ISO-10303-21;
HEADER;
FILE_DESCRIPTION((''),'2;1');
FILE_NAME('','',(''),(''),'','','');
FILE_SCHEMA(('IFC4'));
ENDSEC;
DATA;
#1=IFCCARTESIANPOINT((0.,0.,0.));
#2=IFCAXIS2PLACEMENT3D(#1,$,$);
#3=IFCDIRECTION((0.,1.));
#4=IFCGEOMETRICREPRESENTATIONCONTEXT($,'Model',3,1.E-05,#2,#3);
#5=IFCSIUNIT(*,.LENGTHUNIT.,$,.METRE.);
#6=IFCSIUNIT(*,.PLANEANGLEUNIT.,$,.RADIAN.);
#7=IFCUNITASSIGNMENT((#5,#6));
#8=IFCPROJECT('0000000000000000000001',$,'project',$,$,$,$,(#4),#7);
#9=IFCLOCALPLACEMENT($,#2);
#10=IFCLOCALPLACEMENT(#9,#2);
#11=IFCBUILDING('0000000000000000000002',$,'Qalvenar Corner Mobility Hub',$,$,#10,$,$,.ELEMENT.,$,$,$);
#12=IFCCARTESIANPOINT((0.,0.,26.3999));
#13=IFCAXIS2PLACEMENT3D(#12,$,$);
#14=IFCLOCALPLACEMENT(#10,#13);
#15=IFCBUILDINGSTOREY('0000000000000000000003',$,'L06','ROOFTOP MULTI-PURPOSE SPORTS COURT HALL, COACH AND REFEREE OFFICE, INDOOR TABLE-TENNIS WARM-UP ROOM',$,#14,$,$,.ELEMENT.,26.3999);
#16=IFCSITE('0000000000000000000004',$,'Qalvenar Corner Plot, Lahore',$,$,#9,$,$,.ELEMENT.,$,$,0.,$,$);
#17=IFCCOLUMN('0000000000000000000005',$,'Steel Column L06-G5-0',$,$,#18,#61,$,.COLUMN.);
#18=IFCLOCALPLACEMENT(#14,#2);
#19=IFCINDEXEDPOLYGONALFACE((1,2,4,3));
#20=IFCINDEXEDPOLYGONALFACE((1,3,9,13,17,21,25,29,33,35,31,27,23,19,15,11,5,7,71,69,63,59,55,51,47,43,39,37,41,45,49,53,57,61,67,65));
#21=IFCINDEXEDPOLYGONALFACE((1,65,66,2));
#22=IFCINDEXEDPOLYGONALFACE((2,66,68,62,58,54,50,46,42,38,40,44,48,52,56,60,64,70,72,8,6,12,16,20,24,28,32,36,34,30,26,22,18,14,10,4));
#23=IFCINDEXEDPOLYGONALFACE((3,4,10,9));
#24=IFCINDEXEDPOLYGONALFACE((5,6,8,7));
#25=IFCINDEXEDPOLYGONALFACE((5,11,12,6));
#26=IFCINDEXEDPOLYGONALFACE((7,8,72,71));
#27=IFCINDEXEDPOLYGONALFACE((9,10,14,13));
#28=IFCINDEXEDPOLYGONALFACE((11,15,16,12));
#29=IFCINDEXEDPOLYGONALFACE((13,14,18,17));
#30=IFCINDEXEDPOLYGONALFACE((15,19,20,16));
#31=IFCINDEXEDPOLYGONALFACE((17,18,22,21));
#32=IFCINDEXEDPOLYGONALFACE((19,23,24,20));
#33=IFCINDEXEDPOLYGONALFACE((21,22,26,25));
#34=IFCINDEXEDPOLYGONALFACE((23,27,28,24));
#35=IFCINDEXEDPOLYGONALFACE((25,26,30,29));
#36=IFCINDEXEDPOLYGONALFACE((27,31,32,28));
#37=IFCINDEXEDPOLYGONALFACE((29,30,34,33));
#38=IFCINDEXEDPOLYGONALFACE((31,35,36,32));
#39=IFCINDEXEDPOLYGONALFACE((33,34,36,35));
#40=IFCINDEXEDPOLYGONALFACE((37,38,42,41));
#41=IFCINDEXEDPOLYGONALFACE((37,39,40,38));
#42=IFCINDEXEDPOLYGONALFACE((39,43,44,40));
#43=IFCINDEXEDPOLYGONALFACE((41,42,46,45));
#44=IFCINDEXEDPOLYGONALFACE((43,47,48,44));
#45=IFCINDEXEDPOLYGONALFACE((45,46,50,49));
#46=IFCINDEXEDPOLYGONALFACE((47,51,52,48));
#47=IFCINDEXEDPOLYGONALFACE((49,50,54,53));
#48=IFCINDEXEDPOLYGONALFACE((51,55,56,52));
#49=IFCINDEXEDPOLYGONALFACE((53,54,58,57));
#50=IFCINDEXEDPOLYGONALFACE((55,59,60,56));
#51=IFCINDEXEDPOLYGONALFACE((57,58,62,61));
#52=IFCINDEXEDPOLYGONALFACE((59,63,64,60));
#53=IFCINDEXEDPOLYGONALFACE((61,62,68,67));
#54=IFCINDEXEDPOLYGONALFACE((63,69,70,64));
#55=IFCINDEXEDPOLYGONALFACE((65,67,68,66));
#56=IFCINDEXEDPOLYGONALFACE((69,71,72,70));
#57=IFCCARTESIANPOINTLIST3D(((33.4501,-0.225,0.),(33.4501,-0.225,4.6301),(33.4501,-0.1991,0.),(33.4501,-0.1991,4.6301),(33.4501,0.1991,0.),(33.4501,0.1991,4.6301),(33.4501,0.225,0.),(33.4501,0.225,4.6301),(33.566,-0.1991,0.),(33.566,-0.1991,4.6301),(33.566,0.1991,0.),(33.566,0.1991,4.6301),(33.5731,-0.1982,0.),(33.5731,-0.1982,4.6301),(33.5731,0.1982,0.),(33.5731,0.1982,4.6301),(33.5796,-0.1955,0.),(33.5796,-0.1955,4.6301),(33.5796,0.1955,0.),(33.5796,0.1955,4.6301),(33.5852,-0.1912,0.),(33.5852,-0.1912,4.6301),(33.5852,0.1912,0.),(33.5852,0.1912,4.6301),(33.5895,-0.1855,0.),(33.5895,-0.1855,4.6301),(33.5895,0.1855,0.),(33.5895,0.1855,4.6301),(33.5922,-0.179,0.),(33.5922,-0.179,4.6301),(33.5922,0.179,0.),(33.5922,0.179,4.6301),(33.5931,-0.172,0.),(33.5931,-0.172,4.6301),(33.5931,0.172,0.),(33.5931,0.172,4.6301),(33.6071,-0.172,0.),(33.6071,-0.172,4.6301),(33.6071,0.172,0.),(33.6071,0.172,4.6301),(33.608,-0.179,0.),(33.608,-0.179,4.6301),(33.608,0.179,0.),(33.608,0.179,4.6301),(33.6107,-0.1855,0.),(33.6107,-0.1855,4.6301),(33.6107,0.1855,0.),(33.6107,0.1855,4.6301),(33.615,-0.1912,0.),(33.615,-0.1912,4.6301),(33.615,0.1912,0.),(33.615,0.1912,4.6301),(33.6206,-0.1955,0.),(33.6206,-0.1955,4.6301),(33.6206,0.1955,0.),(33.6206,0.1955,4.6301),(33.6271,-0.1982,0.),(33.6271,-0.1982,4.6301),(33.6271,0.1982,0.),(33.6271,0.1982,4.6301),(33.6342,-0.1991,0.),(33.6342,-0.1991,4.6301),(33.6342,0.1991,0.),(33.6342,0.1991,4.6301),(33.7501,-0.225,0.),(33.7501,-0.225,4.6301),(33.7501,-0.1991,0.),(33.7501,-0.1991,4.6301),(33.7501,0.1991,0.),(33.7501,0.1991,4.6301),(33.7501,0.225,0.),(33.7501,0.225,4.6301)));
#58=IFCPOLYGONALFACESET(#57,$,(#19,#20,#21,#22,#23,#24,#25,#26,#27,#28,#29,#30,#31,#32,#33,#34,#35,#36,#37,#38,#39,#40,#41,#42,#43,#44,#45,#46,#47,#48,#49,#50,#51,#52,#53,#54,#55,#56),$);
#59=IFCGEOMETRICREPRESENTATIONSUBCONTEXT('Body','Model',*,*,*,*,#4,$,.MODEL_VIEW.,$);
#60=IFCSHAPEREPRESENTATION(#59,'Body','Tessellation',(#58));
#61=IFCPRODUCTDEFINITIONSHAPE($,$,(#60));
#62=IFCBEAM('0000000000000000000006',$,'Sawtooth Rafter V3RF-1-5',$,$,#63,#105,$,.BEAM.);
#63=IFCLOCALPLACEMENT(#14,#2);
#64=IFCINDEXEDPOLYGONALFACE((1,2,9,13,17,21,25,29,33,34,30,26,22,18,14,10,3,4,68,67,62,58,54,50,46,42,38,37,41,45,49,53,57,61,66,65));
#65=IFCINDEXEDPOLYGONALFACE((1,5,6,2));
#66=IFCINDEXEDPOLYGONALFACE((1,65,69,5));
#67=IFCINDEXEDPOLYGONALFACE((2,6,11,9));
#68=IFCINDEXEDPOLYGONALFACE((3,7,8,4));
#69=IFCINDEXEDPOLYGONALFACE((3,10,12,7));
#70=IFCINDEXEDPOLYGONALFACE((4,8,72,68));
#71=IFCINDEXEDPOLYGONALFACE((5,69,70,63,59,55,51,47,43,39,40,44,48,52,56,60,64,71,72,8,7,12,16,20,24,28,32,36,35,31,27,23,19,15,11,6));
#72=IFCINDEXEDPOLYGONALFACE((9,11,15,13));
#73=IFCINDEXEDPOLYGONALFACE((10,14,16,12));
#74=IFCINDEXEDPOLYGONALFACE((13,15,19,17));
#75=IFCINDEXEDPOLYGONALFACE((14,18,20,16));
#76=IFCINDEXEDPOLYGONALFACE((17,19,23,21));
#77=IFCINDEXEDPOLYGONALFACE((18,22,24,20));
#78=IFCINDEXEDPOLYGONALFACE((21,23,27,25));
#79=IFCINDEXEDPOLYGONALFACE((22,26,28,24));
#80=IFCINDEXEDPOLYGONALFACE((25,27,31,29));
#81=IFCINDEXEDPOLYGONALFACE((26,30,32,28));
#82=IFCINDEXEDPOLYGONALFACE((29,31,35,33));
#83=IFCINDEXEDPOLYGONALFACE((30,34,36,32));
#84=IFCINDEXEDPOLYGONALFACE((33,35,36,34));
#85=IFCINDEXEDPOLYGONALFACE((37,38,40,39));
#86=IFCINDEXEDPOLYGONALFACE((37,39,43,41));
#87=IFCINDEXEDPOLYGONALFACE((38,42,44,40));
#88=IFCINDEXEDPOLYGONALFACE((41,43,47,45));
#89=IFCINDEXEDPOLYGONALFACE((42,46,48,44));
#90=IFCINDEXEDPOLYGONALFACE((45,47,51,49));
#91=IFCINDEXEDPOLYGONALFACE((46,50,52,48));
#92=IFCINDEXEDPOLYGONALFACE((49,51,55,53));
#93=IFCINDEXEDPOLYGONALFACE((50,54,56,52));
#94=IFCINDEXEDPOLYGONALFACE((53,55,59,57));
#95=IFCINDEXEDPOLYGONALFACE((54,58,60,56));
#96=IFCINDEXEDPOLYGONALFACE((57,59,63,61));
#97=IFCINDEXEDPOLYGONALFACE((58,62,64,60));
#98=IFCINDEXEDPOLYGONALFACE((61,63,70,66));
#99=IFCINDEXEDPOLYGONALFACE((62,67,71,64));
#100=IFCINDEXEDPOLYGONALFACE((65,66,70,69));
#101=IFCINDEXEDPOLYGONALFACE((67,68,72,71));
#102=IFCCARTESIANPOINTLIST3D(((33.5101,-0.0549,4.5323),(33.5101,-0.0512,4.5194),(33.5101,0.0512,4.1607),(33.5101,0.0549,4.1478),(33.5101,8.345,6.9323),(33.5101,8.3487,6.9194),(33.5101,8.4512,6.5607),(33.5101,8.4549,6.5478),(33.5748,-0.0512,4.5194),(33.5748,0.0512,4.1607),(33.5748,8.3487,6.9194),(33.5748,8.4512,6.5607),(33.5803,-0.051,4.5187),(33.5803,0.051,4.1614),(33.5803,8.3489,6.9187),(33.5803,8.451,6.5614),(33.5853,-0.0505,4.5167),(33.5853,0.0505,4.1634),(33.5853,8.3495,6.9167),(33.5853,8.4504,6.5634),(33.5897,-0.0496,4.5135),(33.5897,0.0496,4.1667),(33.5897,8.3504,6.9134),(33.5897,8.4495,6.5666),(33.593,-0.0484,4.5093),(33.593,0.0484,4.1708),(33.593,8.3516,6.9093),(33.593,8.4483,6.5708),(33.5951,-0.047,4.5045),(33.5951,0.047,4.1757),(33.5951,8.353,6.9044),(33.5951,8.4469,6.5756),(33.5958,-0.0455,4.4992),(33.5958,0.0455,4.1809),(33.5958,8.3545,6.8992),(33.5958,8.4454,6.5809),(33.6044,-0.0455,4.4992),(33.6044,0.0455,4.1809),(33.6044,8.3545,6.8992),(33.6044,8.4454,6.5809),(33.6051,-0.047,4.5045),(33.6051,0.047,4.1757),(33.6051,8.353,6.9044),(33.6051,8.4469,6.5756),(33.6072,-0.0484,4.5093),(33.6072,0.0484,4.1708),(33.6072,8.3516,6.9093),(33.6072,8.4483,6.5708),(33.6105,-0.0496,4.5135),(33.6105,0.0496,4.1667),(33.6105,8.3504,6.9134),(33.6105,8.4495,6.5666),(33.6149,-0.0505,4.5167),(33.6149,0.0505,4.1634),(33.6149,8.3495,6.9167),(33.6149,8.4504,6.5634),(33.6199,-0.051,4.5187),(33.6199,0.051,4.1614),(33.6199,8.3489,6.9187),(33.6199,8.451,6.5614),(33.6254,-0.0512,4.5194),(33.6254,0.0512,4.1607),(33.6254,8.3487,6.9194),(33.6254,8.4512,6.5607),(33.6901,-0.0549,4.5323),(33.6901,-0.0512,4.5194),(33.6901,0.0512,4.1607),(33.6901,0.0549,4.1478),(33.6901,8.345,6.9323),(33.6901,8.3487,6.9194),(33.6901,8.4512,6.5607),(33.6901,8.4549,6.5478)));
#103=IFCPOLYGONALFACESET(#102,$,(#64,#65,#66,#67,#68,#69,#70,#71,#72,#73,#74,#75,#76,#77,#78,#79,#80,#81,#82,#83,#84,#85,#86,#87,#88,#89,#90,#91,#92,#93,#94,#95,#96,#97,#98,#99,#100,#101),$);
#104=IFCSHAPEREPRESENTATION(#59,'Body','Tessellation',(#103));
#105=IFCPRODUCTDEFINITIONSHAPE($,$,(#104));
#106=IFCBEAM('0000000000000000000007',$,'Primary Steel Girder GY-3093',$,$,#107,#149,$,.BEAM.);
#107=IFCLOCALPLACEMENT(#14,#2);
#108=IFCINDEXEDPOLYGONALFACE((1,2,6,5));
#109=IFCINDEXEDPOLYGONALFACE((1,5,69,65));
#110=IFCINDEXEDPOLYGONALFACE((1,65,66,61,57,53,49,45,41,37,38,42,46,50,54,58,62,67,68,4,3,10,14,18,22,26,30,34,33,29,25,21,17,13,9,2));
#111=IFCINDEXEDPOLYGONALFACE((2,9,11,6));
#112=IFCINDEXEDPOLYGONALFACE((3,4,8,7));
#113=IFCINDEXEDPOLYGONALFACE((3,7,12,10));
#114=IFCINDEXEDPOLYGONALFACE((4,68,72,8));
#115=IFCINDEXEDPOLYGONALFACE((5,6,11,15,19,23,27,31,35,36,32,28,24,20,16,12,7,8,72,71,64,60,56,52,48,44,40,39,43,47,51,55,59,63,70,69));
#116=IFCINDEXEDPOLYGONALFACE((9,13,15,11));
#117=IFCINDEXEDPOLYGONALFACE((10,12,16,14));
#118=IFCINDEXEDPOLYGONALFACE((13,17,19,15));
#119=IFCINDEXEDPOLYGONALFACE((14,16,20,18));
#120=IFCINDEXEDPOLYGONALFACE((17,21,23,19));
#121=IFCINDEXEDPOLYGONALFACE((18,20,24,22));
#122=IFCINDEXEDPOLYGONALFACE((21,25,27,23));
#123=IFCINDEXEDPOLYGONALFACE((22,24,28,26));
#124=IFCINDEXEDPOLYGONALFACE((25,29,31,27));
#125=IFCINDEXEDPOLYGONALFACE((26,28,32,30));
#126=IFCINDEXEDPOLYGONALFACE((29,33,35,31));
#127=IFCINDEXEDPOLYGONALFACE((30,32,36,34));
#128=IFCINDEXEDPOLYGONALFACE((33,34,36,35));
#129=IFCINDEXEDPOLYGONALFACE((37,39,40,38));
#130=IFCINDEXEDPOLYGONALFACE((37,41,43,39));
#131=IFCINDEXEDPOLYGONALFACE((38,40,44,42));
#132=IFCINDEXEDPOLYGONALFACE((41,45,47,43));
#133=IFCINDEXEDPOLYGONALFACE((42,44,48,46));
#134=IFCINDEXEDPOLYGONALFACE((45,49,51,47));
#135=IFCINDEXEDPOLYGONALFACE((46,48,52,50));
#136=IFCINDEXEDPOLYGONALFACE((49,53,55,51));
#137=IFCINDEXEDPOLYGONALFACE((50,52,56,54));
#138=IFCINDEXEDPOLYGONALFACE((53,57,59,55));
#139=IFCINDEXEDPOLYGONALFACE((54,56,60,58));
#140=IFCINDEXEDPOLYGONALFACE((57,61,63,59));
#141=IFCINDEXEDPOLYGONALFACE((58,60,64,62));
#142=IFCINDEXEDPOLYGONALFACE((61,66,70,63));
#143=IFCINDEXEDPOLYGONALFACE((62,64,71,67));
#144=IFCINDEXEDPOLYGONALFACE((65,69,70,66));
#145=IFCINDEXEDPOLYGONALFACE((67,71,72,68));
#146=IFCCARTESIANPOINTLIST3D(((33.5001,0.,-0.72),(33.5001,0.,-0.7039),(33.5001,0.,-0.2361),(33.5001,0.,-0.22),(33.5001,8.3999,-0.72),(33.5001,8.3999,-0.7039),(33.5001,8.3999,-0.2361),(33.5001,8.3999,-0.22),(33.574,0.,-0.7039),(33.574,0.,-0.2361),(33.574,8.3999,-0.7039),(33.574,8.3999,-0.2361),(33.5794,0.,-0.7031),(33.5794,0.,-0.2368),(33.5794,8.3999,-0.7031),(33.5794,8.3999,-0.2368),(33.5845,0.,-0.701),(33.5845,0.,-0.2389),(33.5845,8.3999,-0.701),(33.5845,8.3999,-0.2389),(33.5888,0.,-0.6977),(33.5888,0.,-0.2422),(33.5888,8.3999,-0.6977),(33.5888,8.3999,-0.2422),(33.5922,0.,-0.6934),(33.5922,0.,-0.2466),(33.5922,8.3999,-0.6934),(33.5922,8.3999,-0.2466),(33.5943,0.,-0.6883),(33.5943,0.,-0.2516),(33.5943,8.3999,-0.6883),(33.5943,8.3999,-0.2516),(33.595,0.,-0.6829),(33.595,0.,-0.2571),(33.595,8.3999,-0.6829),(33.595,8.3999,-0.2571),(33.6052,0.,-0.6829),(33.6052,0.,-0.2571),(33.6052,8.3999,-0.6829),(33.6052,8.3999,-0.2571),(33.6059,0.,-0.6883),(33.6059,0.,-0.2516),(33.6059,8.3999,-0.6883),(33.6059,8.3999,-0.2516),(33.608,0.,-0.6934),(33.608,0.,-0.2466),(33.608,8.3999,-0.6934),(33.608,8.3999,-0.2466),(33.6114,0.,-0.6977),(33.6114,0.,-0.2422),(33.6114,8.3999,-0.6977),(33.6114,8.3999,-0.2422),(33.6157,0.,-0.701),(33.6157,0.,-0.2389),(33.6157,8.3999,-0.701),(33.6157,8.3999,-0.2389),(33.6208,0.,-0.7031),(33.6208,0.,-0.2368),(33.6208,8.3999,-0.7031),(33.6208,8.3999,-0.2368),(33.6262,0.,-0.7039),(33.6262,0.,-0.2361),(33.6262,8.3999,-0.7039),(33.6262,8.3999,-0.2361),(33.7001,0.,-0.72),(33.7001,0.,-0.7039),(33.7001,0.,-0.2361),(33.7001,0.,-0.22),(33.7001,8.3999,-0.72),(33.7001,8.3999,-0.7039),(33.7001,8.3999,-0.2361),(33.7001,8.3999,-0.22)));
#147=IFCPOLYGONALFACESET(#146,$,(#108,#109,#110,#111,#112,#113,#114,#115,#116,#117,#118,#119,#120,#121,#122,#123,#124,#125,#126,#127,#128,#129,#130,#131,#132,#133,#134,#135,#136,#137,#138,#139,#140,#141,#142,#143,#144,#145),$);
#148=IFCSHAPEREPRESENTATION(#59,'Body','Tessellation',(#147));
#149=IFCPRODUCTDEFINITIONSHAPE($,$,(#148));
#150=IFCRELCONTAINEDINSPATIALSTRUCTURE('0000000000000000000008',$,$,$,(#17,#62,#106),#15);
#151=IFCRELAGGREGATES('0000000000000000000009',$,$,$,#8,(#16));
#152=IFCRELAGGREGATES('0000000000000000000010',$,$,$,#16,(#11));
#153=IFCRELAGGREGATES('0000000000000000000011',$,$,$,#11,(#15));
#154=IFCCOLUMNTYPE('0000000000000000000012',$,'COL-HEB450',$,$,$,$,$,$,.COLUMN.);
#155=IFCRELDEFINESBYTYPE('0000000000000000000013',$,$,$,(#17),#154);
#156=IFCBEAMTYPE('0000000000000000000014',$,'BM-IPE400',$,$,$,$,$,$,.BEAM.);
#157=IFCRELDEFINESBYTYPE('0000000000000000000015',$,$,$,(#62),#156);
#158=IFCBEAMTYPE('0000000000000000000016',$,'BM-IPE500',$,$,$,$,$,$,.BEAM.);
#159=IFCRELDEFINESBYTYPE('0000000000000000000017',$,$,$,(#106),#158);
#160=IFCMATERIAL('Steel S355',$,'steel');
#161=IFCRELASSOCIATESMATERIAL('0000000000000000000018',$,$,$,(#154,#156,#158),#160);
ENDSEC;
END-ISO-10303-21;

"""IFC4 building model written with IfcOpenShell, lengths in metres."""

from ifc_helpers import new_model, si_unit, direction, frame, origin, origin_2d, place, context, subcontext, project, spatial, i_section, extrude, material, material_profile, profile_set, type_object, element, save


model = new_model("IFC4")

# Units and contexts
model_context = context("Model", 3, precision=1e-05, world=origin(), true_north=direction((0.0, 1.0)))
body_context = subcontext(model_context, "Body", "Model", "MODEL_VIEW")
ifc_project = project(units=[si_unit("LENGTHUNIT", "METRE"), si_unit("PLANEANGLEUNIT", "RADIAN")], contexts=[model_context])

# Site, building, storey
site_placement = place(None, origin())
site = spatial("IfcSite", under=ifc_project, at=site_placement, Name="Qalvenar Corner Plot, Lahore", CompositionType="ELEMENT", RefElevation=0.0)
building_placement = place(site_placement, origin())
building = spatial("IfcBuilding", under=site, at=building_placement, Name="Qalvenar Corner Mobility Hub", CompositionType="ELEMENT")
storey_placement = place(building_placement, frame((0.0, 0.0, 26.3999)))
storey = spatial("IfcBuildingStorey", under=building, at=storey_placement, Name="L06", Description="ROOFTOP MULTI-PURPOSE SPORTS COURT HALL, COACH AND REFEREE OFFICE, INDOOR TABLE-TENNIS WARM-UP ROOM", CompositionType="ELEMENT", Elevation=26.3999)

# Column
ifc_material_1 = material(Name="Steel S355", Category="steel")
ifc_material_profile_1 = material_profile(ifc_material_1, i_section(OverallWidth=0.3, OverallDepth=0.45, WebThickness=0.0139, FlangeThickness=0.0259, FilletRadius=0.0271, at=origin_2d()), Name="HEB450")
ifc_profile_set_1 = profile_set([ifc_material_profile_1], Name="Steel S355")
column_type = type_object("IfcColumnType", Name="COL-HEB450", PredefinedType="COLUMN", material=ifc_profile_set_1)
column_placement = place(storey_placement, frame((33.6001, 0.0, 0.0), z_axis=(0.0, 0.0, 1.0), x_axis=(1.0, 0.0, 0.0)))
element("IfcColumn", 1, at=column_placement, inside=storey, type_object=column_type, Name="Steel Column L06-G5-0", PredefinedType="COLUMN", context=body_context, shape_type="SweptSolid", body=[
    extrude(i_section(OverallWidth=0.3, OverallDepth=0.45, WebThickness=0.0139, FlangeThickness=0.0259, FilletRadius=0.0271, at=origin_2d()), origin(), (0.0, 0.0, 1.0), 4.6301),
])

# Beams
ifc_material_profile_2 = material_profile(ifc_material_1, i_section(OverallWidth=0.1799, OverallDepth=0.3999, WebThickness=0.0085, FlangeThickness=0.0134, FilletRadius=0.021, at=origin_2d()), Name="IPE400")
ifc_profile_set_2 = profile_set([ifc_material_profile_2], Name="Steel S355")
beam_type_1 = type_object("IfcBeamType", Name="BM-IPE400", PredefinedType="BEAM", material=ifc_profile_set_2)
beam_1_placement = place(storey_placement, frame((33.6001, 0.0, 4.3401), z_axis=(0.0, 0.961526, 0.274714), x_axis=(-1.0, 0.0, 0.0)))
element("IfcBeam", 2, at=beam_1_placement, inside=storey, type_object=beam_type_1, Name="Sawtooth Rafter V3RF-1-5", PredefinedType="BEAM", context=body_context, shape_type="SweptSolid", body=[
    extrude(i_section(OverallWidth=0.1799, OverallDepth=0.3999, WebThickness=0.0085, FlangeThickness=0.0134, FilletRadius=0.021, at=origin_2d()), origin(), (0.0, 0.0, 1.0), 8.7361),
])
ifc_material_profile_3 = material_profile(ifc_material_1, i_section(OverallWidth=0.2, OverallDepth=0.5, WebThickness=0.0103, FlangeThickness=0.0161, FilletRadius=0.021, at=origin_2d()), Name="IPE500")
ifc_profile_set_3 = profile_set([ifc_material_profile_3], Name="Steel S355")
beam_type_2 = type_object("IfcBeamType", Name="BM-IPE500", PredefinedType="BEAM", material=ifc_profile_set_3)
beam_2_placement = place(storey_placement, frame((33.6001, 0.0, -0.47), z_axis=(0.0, 1.0, 0.0), x_axis=(-1.0, 0.0, 0.0)))
element("IfcBeam", 3, at=beam_2_placement, inside=storey, type_object=beam_type_2, Name="Primary Steel Girder GY-3093", PredefinedType="BEAM", context=body_context, shape_type="SweptSolid", body=[
    extrude(i_section(OverallWidth=0.2, OverallDepth=0.5, WebThickness=0.0103, FlangeThickness=0.0161, FilletRadius=0.021, at=origin_2d()), origin(), (0.0, 0.0, 1.0), 8.3999),
])

save(model, "model.ifc")
